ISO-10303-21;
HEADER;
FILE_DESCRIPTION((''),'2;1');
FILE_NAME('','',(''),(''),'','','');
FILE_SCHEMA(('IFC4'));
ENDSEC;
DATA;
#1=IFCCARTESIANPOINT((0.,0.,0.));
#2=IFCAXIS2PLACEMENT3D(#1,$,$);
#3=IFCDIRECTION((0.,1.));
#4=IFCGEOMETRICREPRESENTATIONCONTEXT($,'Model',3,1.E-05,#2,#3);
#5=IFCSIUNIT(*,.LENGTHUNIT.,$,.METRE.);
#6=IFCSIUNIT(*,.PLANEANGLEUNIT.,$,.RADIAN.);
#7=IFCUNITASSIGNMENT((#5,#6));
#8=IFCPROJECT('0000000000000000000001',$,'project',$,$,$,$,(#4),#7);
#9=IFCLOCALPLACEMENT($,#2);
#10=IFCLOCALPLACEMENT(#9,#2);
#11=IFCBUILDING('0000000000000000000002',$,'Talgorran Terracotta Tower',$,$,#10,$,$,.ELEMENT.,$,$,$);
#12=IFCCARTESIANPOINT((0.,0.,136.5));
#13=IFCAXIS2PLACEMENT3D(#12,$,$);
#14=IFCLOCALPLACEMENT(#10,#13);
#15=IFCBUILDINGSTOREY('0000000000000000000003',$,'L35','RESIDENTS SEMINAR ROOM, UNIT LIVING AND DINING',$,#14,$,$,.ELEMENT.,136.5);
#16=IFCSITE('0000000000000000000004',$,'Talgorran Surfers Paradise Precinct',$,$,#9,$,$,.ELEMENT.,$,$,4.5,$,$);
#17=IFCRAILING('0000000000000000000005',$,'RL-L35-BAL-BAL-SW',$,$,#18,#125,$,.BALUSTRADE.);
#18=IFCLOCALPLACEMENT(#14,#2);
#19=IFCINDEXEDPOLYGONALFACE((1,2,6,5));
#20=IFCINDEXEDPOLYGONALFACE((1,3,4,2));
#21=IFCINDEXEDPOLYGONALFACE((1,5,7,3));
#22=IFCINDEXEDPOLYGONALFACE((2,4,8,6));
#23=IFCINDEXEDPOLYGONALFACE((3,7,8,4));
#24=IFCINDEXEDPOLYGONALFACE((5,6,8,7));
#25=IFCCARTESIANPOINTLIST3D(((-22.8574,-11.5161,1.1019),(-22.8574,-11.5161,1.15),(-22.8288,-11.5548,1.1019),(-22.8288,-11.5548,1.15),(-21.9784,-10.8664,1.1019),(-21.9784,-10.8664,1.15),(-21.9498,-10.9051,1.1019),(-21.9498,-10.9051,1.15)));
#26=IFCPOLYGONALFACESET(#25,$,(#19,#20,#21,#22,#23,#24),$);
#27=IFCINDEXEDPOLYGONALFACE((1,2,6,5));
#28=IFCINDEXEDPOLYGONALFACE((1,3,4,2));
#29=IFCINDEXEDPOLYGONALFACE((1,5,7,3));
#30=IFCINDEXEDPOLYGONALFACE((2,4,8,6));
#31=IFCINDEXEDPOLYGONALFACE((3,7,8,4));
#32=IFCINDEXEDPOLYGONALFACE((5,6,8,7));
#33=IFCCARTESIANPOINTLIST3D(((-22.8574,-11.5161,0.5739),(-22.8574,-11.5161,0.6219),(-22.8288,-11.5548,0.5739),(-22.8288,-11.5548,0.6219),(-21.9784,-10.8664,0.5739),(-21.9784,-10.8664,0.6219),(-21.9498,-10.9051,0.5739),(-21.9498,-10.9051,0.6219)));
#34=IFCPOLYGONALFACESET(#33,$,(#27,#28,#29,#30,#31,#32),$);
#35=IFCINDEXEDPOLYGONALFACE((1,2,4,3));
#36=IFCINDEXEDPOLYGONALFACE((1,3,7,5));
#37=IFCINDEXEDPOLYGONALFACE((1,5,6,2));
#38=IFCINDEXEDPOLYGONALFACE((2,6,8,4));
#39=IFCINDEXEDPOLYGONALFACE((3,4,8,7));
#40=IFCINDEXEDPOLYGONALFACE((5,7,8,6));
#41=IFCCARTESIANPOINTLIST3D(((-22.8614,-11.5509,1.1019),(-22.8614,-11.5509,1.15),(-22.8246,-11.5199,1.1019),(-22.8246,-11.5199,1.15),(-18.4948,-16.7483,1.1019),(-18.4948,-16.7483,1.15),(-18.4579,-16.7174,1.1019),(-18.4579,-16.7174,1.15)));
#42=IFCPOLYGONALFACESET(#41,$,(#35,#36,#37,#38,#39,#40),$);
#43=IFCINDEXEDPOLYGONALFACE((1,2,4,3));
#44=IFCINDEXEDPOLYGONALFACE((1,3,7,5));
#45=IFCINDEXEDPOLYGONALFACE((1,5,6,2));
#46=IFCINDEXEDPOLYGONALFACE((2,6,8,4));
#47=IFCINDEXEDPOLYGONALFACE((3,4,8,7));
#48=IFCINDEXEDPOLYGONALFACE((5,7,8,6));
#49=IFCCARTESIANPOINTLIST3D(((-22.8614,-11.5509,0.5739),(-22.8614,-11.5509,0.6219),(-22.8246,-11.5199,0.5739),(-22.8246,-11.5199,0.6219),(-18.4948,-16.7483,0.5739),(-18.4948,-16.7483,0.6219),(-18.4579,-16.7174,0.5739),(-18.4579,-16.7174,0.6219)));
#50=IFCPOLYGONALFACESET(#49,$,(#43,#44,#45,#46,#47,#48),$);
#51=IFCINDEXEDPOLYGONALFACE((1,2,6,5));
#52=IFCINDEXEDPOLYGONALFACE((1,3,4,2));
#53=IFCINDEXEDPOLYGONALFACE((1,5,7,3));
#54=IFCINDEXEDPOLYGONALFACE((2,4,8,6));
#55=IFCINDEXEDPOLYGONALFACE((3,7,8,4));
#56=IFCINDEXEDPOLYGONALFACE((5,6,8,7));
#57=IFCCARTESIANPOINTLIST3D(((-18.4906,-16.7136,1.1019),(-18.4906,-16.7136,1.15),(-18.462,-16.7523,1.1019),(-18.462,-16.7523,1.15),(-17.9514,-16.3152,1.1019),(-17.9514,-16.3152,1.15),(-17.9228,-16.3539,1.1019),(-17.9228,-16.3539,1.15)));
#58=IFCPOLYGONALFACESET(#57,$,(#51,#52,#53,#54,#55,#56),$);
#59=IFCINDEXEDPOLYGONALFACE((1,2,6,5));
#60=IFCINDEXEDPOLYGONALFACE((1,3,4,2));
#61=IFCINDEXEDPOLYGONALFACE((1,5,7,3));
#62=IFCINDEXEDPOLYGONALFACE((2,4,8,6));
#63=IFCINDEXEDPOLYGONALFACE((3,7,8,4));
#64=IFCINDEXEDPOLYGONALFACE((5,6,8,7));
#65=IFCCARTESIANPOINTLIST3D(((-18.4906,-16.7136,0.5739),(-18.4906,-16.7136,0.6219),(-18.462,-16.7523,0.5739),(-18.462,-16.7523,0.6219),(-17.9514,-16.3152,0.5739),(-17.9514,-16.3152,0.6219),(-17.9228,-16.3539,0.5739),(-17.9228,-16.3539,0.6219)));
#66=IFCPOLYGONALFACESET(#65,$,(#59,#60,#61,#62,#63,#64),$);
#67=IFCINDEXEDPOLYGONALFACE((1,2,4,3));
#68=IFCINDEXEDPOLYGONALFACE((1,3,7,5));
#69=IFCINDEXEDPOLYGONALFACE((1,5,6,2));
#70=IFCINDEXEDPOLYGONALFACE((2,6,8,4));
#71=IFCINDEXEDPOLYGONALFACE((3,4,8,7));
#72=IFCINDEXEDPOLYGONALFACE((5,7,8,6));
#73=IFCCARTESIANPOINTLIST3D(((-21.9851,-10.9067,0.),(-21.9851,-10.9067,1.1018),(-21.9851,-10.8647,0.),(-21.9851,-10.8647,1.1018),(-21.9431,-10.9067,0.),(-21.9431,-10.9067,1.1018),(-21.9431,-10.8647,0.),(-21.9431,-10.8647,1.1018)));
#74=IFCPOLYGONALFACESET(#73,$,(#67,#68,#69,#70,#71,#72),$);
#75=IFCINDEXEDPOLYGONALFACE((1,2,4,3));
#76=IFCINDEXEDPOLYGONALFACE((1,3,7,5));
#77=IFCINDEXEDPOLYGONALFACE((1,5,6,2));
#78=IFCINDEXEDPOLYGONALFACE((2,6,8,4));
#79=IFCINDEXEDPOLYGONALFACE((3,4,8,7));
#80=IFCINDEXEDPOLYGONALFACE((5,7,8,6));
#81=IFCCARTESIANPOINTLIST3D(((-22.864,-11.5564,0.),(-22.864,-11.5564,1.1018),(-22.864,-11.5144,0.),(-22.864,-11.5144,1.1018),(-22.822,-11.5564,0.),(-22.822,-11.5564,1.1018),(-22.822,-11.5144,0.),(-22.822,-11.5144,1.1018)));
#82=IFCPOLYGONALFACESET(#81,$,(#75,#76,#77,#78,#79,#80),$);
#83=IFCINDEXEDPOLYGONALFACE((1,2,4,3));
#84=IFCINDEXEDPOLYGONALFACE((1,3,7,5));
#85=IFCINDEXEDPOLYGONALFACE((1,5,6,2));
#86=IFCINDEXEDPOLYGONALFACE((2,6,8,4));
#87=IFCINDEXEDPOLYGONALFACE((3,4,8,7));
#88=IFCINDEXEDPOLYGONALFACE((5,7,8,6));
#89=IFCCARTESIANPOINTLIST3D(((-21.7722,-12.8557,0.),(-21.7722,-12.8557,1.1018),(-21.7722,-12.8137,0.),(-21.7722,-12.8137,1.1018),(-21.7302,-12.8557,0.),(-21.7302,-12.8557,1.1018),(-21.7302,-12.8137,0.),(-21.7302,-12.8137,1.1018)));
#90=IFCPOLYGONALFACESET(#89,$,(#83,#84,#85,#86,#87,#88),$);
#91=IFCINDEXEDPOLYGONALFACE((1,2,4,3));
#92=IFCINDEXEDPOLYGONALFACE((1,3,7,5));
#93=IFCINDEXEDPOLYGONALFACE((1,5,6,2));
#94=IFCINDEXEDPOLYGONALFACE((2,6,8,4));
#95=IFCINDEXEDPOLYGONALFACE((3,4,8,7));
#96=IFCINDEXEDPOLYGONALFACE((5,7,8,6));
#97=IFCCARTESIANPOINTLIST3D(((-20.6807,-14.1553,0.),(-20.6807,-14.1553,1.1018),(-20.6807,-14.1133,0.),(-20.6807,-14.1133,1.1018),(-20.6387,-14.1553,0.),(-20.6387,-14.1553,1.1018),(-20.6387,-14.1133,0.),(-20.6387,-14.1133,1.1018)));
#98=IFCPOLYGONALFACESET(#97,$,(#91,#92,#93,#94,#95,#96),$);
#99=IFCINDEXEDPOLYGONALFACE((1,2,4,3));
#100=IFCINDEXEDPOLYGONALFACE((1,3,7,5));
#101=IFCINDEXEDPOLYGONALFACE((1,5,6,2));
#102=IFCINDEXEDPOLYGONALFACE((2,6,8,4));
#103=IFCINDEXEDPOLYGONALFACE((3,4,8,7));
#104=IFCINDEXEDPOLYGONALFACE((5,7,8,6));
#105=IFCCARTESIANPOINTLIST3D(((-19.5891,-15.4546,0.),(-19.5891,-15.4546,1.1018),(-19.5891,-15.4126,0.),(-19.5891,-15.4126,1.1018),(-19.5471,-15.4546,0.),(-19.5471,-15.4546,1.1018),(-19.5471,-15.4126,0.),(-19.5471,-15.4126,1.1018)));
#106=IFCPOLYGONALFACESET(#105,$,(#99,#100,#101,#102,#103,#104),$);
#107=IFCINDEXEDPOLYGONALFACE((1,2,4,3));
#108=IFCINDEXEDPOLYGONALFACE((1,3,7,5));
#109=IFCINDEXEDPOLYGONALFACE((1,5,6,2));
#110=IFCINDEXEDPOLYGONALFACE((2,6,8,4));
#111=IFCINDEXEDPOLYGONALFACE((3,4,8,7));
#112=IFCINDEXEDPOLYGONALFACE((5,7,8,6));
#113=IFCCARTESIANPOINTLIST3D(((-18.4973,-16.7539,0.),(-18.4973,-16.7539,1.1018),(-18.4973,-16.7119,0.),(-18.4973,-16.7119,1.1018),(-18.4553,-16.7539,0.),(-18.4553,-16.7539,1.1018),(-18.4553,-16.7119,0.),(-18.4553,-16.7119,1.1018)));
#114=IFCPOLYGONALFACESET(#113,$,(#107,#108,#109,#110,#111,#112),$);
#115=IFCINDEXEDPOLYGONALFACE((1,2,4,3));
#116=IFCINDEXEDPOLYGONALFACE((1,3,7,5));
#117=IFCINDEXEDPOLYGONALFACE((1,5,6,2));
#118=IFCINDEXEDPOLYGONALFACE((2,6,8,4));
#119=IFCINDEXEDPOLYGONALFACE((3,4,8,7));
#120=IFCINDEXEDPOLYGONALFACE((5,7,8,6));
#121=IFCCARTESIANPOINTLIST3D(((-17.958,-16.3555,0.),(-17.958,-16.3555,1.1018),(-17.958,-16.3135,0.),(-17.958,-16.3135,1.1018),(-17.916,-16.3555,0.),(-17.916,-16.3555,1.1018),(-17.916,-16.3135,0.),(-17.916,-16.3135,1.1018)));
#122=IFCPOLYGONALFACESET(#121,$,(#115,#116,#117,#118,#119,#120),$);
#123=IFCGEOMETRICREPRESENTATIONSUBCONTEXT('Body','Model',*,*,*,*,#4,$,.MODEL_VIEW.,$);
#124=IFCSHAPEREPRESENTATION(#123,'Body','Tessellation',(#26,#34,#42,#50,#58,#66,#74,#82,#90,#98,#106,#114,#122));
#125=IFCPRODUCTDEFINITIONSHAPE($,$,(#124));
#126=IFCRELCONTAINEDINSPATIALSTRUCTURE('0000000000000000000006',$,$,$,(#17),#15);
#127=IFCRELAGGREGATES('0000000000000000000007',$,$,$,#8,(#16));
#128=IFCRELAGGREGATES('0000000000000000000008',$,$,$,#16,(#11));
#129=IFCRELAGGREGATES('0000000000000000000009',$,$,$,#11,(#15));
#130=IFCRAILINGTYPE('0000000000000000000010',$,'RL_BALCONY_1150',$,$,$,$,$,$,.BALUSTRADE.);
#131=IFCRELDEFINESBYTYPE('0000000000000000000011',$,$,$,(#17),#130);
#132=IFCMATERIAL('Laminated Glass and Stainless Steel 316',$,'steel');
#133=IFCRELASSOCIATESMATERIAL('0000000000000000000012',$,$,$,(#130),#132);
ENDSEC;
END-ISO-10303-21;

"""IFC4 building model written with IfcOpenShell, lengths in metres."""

from ifc_helpers import new_model, si_unit, direction, frame, origin, origin_2d, place, context, subcontext, project, spatial, rectangle, extrude, material, type_object, element, save


model = new_model("IFC4")

# Units and contexts
model_context = context("Model", 3, precision=1e-05, world=origin(), true_north=direction((0.0, 1.0)))
body_context = subcontext(model_context, "Body", "Model", "MODEL_VIEW")
ifc_project = project(units=[si_unit("LENGTHUNIT", "METRE"), si_unit("PLANEANGLEUNIT", "RADIAN")], contexts=[model_context])

# Site, building, storey
site_placement = place(None, origin())
site = spatial("IfcSite", under=ifc_project, at=site_placement, Name="Talgorran Surfers Paradise Precinct", CompositionType="ELEMENT", RefElevation=4.5)
building_placement = place(site_placement, origin())
building = spatial("IfcBuilding", under=site, at=building_placement, Name="Talgorran Terracotta Tower", CompositionType="ELEMENT")
storey_placement = place(building_placement, frame((0.0, 0.0, 136.5)))
storey = spatial("IfcBuildingStorey", under=building, at=storey_placement, Name="L35", Description="RESIDENTS SEMINAR ROOM, UNIT LIVING AND DINING", CompositionType="ELEMENT", Elevation=136.5)

# Railing
ifc_material_1 = material(Name="Laminated Glass and Stainless Steel 316", Category="steel")
railing_type = type_object("IfcRailingType", Name="RL_BALCONY_1150", PredefinedType="BALUSTRADE", material=ifc_material_1)
railing_placement = place(storey_placement, frame((-21.9641, -10.8857, 0.0)))
element("IfcRailing", 1, at=railing_placement, inside=storey, type_object=railing_type, Name="RL-L35-BAL-BAL-SW", PredefinedType="BALUSTRADE", context=body_context, shape_type="SweptSolid", body=[
    extrude(rectangle(XDim=0.0481, YDim=0.0481, at=origin_2d()), frame((0.0, 0.0, 1.126), z_axis=(-0.804162, -0.59441, 0.0), x_axis=(0.59441, -0.804162, 0.0)), (0.0, 0.0, 1.0), 1.093),
    extrude(rectangle(XDim=0.0481, YDim=0.0481, at=origin_2d()), frame((0.0, 0.0, 0.5979), z_axis=(-0.804162, -0.59441, 0.0), x_axis=(0.59441, -0.804162, 0.0)), (0.0, 0.0, 1.0), 1.093),
    extrude(rectangle(XDim=0.0481, YDim=0.0481, at=origin_2d()), frame((-0.8789, -0.6497, 1.126), z_axis=(0.64326, -0.765647, 0.0), x_axis=(0.765647, 0.64326, 0.0)), (0.0, 0.0, 1.0), 6.7883),
    extrude(rectangle(XDim=0.0481, YDim=0.0481, at=origin_2d()), frame((-0.8789, -0.6497, 0.5979), z_axis=(0.64326, -0.765647, 0.0), x_axis=(0.765647, 0.64326, 0.0)), (0.0, 0.0, 1.0), 6.7883),
    extrude(rectangle(XDim=0.0481, YDim=0.0481, at=origin_2d()), frame((3.4878, -5.8472, 1.126), z_axis=(0.804305, 0.594217, 0.0), x_axis=(-0.594217, 0.804305, 0.0)), (0.0, 0.0, 1.0), 0.6704),
    extrude(rectangle(XDim=0.0481, YDim=0.0481, at=origin_2d()), frame((3.4878, -5.8472, 0.5979), z_axis=(0.804305, 0.594217, 0.0), x_axis=(-0.594217, 0.804305, 0.0)), (0.0, 0.0, 1.0), 0.6704),
    extrude(rectangle(XDim=0.042, YDim=0.042, at=origin_2d()), origin(), (0.0, 0.0, 1.0), 1.1018),
    extrude(rectangle(XDim=0.042, YDim=0.042, at=origin_2d()), frame((-0.8789, -0.6497, 0.0)), (0.0, 0.0, 1.0), 1.1018),
    extrude(rectangle(XDim=0.042, YDim=0.042, at=origin_2d()), frame((0.2129, -1.949, 0.0)), (0.0, 0.0, 1.0), 1.1018),
    extrude(rectangle(XDim=0.042, YDim=0.042, at=origin_2d()), frame((1.3044, -3.2485, 0.0)), (0.0, 0.0, 1.0), 1.1018),
    extrude(rectangle(XDim=0.042, YDim=0.042, at=origin_2d()), frame((2.396, -4.5479, 0.0)), (0.0, 0.0, 1.0), 1.1018),
    extrude(rectangle(XDim=0.042, YDim=0.042, at=origin_2d()), frame((3.4878, -5.8472, 0.0)), (0.0, 0.0, 1.0), 1.1018),
    extrude(rectangle(XDim=0.042, YDim=0.042, at=origin_2d()), frame((4.0271, -5.4487, 0.0)), (0.0, 0.0, 1.0), 1.1018),
])

save(model, "model.ifc")
